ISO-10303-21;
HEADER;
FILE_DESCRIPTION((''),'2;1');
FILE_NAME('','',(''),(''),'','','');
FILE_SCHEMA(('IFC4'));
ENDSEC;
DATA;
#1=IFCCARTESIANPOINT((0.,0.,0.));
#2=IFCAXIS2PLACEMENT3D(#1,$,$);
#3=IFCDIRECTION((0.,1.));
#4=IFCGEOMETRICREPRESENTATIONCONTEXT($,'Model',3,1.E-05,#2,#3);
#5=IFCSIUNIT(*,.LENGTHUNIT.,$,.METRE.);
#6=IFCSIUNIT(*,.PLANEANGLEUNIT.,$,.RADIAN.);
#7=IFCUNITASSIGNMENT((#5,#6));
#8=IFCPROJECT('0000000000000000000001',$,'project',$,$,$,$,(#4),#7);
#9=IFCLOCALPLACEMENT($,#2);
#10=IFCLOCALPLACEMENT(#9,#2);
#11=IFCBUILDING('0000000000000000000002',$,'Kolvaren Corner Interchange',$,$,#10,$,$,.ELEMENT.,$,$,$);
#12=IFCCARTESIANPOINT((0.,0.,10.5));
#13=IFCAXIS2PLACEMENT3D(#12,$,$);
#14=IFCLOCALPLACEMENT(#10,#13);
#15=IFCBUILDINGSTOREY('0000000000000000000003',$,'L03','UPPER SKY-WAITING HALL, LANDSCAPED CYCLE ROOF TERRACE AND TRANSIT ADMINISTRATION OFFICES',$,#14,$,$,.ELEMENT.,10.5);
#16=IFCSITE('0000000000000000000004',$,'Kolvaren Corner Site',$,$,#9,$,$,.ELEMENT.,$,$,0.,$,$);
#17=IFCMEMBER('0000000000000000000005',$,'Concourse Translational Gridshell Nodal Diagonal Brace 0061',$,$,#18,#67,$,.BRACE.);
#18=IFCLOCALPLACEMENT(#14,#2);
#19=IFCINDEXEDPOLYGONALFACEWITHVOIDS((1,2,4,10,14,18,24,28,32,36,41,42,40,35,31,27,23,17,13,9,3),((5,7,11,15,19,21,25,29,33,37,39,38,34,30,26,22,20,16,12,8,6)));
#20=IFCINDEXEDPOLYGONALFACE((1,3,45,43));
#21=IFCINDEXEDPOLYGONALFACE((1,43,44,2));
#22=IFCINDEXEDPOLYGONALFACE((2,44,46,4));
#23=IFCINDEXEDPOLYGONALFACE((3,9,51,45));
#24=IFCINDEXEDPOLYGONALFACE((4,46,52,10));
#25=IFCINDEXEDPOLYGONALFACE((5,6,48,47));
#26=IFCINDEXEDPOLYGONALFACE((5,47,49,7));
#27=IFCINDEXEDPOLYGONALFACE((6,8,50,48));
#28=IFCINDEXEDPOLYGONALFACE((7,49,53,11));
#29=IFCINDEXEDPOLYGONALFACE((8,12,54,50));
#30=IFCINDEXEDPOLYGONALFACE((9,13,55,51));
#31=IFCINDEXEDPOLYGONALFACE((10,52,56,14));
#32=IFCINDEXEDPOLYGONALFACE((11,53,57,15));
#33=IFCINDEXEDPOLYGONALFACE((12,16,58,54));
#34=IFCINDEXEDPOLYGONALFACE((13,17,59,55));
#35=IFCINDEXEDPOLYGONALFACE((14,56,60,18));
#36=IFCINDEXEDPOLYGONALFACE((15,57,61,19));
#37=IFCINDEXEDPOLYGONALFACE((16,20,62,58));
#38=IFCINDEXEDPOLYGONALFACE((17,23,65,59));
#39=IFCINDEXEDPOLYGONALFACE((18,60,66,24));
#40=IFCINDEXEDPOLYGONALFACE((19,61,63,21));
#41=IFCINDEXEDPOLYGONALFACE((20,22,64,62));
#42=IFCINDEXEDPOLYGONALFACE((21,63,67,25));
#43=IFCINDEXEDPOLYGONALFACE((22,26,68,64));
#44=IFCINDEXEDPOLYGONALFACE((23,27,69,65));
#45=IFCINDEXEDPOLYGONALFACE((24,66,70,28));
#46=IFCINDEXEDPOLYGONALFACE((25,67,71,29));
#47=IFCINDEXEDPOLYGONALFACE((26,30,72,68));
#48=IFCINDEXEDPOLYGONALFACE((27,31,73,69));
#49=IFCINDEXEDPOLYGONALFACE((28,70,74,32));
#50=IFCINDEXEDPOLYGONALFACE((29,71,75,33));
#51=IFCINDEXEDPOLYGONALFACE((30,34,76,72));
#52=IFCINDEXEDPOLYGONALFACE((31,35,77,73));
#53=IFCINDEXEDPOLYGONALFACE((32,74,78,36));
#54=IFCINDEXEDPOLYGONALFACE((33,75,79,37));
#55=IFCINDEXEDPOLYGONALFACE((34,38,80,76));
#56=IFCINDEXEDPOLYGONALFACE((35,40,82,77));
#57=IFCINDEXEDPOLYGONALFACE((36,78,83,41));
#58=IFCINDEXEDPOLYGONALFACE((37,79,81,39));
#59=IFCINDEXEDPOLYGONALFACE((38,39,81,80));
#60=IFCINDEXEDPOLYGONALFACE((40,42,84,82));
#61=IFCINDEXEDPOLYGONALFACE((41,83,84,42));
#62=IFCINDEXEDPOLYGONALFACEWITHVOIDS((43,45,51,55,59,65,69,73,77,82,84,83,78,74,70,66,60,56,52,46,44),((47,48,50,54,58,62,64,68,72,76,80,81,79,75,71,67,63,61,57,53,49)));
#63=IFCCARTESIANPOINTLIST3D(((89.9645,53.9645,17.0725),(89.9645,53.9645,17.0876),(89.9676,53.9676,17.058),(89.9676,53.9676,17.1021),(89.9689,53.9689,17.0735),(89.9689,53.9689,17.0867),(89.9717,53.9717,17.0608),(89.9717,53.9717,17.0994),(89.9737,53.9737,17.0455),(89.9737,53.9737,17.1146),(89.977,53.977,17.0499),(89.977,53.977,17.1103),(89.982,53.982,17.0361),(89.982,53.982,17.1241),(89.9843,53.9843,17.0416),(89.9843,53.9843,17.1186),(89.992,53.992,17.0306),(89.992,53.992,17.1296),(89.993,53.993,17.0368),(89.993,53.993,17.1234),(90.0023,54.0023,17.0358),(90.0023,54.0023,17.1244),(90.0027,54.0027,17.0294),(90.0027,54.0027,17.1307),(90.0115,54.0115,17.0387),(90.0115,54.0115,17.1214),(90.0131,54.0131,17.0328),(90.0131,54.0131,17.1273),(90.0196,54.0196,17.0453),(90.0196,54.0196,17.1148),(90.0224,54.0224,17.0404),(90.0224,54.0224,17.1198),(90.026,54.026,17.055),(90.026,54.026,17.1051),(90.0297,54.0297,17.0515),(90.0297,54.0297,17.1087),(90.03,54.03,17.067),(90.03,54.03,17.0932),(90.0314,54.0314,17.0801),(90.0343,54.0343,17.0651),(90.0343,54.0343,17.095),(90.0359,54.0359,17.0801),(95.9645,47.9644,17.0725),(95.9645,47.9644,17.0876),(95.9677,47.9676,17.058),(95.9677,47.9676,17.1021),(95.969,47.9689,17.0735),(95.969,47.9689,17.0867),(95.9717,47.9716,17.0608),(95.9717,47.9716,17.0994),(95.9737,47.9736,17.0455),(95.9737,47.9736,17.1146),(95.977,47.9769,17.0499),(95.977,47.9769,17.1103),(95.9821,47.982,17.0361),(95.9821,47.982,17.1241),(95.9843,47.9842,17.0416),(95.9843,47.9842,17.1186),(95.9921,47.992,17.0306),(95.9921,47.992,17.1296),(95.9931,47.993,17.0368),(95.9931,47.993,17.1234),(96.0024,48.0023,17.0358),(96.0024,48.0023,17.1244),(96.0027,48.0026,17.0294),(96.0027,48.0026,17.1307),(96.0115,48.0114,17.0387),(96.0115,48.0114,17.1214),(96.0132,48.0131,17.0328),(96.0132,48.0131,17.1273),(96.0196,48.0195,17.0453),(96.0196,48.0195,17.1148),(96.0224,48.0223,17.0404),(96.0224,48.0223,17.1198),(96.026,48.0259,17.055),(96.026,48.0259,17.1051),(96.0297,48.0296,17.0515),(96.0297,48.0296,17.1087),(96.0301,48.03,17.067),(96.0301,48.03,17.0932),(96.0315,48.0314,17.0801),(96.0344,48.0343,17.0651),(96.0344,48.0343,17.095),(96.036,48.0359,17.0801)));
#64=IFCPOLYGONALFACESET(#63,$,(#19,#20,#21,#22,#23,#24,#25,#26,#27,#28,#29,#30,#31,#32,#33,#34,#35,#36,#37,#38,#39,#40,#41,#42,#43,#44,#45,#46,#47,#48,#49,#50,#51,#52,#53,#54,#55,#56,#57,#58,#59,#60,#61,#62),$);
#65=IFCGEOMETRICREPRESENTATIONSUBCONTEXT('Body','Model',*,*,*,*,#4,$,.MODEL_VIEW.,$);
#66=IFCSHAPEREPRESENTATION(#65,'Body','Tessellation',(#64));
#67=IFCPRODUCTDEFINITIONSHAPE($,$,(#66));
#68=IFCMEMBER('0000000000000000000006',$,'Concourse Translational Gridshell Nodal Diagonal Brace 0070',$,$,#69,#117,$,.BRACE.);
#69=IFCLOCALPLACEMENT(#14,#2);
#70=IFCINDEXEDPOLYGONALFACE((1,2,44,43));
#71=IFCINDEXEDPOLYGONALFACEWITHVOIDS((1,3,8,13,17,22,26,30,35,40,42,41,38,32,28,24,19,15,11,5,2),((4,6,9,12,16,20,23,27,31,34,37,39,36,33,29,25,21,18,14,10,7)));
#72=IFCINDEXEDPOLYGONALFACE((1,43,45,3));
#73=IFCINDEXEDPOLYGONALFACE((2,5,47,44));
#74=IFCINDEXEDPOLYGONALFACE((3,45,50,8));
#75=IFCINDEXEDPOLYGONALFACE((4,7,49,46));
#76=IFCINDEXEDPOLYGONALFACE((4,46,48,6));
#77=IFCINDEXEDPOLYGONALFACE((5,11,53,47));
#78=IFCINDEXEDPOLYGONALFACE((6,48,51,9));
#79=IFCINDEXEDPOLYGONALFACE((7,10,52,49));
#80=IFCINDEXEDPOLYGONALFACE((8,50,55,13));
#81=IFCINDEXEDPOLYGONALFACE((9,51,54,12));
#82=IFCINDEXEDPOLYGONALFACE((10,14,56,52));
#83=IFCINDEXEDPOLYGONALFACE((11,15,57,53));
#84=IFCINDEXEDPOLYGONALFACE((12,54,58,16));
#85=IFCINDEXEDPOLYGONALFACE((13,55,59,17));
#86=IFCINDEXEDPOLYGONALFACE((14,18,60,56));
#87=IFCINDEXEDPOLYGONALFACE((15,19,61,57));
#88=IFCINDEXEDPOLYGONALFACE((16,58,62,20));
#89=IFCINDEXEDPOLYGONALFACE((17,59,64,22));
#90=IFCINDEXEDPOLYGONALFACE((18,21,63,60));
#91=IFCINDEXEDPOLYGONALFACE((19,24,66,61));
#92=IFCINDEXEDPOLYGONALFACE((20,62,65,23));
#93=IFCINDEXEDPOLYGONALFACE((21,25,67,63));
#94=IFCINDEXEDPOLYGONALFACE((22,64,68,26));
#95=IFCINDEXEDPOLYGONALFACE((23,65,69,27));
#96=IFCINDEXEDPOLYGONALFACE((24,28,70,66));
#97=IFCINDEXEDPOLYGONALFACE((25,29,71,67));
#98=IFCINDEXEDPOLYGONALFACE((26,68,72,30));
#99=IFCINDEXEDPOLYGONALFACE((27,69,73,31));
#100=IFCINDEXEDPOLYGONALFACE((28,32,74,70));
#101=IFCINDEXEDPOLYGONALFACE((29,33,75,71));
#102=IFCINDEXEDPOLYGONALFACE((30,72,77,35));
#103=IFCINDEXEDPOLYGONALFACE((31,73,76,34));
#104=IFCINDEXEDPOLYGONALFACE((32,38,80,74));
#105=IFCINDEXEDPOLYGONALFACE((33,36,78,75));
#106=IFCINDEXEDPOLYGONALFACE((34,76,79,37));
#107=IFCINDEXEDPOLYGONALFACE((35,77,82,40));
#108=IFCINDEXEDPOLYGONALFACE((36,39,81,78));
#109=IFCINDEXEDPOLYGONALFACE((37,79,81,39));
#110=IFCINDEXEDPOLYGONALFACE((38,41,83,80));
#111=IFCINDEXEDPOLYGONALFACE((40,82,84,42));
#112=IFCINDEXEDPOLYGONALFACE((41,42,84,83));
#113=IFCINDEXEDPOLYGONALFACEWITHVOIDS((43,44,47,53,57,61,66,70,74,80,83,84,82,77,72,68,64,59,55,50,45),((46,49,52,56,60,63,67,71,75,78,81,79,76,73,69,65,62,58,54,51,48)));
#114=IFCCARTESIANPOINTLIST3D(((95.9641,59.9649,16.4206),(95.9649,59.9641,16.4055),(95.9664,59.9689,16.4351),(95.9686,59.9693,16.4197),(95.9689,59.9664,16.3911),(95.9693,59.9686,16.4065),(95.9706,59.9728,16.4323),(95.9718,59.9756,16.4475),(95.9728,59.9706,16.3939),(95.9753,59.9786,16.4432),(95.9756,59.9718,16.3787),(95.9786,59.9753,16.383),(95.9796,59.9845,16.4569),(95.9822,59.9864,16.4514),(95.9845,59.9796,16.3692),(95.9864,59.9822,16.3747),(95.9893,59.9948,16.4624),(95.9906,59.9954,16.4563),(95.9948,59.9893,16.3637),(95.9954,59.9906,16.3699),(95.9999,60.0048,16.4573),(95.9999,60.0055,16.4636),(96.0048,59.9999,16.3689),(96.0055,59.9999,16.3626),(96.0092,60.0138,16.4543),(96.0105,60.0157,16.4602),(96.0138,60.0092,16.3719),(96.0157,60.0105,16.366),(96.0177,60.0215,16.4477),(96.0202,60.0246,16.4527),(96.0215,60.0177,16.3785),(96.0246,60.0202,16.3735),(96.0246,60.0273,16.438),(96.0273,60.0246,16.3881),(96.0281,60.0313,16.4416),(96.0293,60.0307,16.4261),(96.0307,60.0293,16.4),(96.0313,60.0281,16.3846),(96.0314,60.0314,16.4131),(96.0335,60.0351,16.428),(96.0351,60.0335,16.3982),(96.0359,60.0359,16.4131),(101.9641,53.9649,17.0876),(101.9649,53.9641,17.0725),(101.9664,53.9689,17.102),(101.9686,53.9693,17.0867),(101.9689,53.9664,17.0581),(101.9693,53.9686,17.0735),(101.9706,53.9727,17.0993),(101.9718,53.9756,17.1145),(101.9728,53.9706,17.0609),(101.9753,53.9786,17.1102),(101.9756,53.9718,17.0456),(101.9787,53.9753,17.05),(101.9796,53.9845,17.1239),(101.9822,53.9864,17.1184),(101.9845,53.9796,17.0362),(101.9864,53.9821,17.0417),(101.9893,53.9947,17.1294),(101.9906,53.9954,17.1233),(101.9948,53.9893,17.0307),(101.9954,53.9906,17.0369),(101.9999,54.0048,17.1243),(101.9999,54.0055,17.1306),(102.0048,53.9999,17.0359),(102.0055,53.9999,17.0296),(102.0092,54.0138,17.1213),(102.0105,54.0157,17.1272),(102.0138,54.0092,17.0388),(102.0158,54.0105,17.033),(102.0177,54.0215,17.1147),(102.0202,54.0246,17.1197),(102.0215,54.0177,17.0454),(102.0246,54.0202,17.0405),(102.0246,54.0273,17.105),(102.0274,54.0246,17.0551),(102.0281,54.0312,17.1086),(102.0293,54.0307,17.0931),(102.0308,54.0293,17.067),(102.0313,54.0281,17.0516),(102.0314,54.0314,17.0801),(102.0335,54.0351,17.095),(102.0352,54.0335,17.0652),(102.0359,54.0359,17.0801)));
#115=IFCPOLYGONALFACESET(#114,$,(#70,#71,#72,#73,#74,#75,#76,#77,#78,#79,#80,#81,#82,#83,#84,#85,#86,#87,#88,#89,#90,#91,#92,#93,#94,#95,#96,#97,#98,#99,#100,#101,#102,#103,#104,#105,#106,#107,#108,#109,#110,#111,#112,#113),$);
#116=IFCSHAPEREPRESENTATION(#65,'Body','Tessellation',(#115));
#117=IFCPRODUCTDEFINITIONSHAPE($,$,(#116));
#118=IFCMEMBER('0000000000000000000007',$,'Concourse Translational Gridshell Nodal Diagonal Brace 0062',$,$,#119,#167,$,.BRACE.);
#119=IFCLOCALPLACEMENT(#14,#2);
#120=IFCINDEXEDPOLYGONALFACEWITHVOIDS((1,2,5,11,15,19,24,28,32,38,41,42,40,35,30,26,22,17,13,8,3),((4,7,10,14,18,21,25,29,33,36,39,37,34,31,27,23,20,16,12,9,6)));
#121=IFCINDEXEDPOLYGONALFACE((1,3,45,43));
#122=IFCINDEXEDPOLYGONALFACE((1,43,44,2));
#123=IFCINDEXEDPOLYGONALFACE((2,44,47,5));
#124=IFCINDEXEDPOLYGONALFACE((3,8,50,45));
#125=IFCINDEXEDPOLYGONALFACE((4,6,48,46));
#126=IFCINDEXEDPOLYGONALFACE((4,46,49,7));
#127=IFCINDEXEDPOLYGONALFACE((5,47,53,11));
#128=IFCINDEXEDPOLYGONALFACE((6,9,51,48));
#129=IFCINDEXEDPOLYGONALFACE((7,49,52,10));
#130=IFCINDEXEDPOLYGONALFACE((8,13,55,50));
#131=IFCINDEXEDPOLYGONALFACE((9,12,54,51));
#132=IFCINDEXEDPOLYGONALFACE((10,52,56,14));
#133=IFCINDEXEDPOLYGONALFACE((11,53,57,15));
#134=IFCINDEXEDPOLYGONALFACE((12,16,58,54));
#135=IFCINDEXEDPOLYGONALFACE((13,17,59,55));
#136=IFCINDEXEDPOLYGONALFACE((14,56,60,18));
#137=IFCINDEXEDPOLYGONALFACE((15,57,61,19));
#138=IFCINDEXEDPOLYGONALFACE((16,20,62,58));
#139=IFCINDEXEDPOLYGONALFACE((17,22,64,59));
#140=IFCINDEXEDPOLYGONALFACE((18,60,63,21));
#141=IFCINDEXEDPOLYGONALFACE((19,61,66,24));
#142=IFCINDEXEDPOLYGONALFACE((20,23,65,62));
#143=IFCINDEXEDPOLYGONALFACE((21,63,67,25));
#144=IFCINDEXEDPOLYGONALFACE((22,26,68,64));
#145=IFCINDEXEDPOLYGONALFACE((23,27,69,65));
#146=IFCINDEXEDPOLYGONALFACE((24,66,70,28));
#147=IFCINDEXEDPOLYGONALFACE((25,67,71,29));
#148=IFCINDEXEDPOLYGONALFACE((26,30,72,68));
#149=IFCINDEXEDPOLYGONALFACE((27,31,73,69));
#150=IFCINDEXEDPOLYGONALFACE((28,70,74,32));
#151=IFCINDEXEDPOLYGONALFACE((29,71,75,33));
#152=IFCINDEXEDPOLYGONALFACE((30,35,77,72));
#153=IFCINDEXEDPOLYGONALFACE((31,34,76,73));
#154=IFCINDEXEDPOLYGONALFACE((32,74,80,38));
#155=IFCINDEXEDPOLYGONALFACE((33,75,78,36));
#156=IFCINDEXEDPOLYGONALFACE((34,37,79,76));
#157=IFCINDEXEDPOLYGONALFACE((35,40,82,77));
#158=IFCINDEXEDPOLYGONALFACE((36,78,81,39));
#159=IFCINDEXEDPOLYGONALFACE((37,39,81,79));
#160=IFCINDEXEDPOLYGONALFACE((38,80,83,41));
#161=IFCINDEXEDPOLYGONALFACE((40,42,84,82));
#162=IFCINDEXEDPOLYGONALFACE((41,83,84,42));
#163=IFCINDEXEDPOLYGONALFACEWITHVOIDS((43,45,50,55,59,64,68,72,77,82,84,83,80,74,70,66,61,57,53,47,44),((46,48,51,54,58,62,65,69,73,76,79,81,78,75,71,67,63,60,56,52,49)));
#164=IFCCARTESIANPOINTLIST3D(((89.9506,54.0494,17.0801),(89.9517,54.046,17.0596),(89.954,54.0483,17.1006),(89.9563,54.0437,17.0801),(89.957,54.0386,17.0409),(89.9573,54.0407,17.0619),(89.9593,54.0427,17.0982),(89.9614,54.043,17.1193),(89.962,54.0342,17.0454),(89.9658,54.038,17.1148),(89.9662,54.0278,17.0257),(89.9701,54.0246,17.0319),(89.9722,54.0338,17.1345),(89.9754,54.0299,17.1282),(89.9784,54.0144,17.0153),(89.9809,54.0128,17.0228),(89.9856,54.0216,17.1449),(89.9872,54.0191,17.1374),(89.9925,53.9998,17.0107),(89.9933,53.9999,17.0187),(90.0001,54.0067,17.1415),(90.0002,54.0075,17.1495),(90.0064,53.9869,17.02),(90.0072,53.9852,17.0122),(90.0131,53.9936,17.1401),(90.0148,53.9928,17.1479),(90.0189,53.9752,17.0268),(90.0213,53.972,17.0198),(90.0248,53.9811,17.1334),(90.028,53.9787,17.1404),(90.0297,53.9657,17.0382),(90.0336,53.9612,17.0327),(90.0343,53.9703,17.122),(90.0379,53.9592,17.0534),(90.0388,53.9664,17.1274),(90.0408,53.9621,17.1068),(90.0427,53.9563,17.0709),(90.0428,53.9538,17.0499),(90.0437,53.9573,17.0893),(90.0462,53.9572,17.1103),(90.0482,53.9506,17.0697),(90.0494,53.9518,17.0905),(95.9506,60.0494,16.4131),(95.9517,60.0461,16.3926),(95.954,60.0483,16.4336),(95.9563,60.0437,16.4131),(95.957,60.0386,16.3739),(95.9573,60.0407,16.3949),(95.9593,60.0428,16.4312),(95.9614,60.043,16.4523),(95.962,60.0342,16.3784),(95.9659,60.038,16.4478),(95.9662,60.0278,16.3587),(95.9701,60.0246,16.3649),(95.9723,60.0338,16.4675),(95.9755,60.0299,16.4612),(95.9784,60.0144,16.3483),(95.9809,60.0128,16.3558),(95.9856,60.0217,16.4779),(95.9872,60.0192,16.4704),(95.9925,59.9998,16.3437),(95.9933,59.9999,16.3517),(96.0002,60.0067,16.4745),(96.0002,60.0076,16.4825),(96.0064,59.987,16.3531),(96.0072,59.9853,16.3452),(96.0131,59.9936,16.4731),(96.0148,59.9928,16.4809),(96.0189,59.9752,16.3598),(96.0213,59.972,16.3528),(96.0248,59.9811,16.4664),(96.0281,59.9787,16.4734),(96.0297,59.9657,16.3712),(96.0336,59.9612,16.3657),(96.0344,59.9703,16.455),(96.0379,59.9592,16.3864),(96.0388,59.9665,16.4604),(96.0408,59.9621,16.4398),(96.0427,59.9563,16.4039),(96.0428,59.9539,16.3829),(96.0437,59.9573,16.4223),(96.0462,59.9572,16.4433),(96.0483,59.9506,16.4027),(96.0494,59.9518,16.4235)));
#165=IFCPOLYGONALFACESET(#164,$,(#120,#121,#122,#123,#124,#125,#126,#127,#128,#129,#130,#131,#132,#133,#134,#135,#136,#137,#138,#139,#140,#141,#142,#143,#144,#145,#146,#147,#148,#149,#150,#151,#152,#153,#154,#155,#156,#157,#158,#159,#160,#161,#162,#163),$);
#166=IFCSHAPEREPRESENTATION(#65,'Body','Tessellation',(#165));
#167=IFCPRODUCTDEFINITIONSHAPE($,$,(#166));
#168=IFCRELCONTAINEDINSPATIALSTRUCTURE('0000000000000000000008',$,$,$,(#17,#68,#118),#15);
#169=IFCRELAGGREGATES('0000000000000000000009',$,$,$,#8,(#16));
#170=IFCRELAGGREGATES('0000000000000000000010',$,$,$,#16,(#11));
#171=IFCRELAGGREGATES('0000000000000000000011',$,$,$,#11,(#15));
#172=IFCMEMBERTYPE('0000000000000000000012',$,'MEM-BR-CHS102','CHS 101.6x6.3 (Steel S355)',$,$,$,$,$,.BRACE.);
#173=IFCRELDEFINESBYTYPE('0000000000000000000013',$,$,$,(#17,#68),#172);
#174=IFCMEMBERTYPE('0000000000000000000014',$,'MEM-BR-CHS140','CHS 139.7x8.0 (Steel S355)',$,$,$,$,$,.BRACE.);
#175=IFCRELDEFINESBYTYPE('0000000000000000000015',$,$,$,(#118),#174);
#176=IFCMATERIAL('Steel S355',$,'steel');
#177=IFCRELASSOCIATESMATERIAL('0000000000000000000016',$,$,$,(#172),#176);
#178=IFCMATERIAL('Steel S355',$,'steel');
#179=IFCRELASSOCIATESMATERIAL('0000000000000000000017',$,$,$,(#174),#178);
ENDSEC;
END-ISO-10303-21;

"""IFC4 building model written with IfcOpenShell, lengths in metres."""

from ifc_helpers import new_model, si_unit, direction, frame, origin, origin_2d, place, context, subcontext, project, spatial, hollow_circle, extrude, material, material_profile, profile_set, type_object, element, save


model = new_model("IFC4")

# Units and contexts
model_context = context("Model", 3, precision=1e-05, world=origin(), true_north=direction((0.0, 1.0)))
body_context = subcontext(model_context, "Body", "Model", "MODEL_VIEW")
ifc_project = project(units=[si_unit("LENGTHUNIT", "METRE"), si_unit("PLANEANGLEUNIT", "RADIAN")], contexts=[model_context])

# Site, building, storey
site_placement = place(None, origin())
site = spatial("IfcSite", under=ifc_project, at=site_placement, Name="Kolvaren Corner Site", CompositionType="ELEMENT", RefElevation=0.0)
building_placement = place(site_placement, origin())
building = spatial("IfcBuilding", under=site, at=building_placement, Name="Kolvaren Corner Interchange", CompositionType="ELEMENT")
storey_placement = place(building_placement, frame((0.0, 0.0, 10.5)))
storey = spatial("IfcBuildingStorey", under=building, at=storey_placement, Name="L03", Description="UPPER SKY-WAITING HALL, LANDSCAPED CYCLE ROOF TERRACE AND TRANSIT ADMINISTRATION OFFICES", CompositionType="ELEMENT", Elevation=10.5)

# Members
ifc_material_1 = material(Name="Steel S355", Category="steel")
ifc_material_profile_1 = material_profile(ifc_material_1, hollow_circle(Radius=0.0508, WallThickness=0.0063, at=origin_2d()), Name="CHS 101.6x6.3")
ifc_profile_set_1 = profile_set([ifc_material_profile_1], Name="Steel S355")
member_type_1 = type_object("IfcMemberType", Name="MEM-BR-CHS102", Description="CHS 101.6x6.3 (Steel S355)", PredefinedType="BRACE", material=ifc_profile_set_1)
member_1_placement = place(storey_placement, frame((90.0, 54.0, 17.0801), z_axis=(0.707107, -0.707107, 0.0), x_axis=(0.707107, 0.707107, 0.0)))
element("IfcMember", 1, at=member_1_placement, inside=storey, type_object=member_type_1, Name="Concourse Translational Gridshell Nodal Diagonal Brace 0061", PredefinedType="BRACE", context=body_context, shape_type="SweptSolid", body=[
    extrude(hollow_circle(Radius=0.0508, WallThickness=0.0063, at=origin_2d()), origin(), (0.0, 0.0, 1.0), 8.4854),
])
member_2_placement = place(storey_placement, frame((96.0, 60.0, 16.4131), z_axis=(0.704932, -0.704932, 0.078364), x_axis=(0.707107, 0.707107, 0.0)))
element("IfcMember", 2, at=member_2_placement, inside=storey, type_object=member_type_1, Name="Concourse Translational Gridshell Nodal Diagonal Brace 0070", PredefinedType="BRACE", context=body_context, shape_type="SweptSolid", body=[
    extrude(hollow_circle(Radius=0.0508, WallThickness=0.0063, at=origin_2d()), origin(), (0.0, 0.0, 1.0), 8.5115),
])
ifc_material_2 = material(Name="Steel S355", Category="steel")
ifc_material_profile_2 = material_profile(ifc_material_2, hollow_circle(Radius=0.0698, WallThickness=0.0081, at=origin_2d()), Name="CHS 139.7x8.0")
ifc_profile_set_2 = profile_set([ifc_material_profile_2], Name="Steel S355")
member_type_2 = type_object("IfcMemberType", Name="MEM-BR-CHS140", Description="CHS 139.7x8.0 (Steel S355)", PredefinedType="BRACE", material=ifc_profile_set_2)
member_3_placement = place(storey_placement, frame((90.0, 54.0, 17.0801), z_axis=(0.704932, 0.704932, -0.078364), x_axis=(-0.707107, 0.707107, 0.0)))
element("IfcMember", 3, at=member_3_placement, inside=storey, type_object=member_type_2, Name="Concourse Translational Gridshell Nodal Diagonal Brace 0062", PredefinedType="BRACE", context=body_context, shape_type="SweptSolid", body=[
    extrude(hollow_circle(Radius=0.0698, WallThickness=0.0081, at=origin_2d()), origin(), (0.0, 0.0, 1.0), 8.5115),
])

save(model, "model.ifc")
